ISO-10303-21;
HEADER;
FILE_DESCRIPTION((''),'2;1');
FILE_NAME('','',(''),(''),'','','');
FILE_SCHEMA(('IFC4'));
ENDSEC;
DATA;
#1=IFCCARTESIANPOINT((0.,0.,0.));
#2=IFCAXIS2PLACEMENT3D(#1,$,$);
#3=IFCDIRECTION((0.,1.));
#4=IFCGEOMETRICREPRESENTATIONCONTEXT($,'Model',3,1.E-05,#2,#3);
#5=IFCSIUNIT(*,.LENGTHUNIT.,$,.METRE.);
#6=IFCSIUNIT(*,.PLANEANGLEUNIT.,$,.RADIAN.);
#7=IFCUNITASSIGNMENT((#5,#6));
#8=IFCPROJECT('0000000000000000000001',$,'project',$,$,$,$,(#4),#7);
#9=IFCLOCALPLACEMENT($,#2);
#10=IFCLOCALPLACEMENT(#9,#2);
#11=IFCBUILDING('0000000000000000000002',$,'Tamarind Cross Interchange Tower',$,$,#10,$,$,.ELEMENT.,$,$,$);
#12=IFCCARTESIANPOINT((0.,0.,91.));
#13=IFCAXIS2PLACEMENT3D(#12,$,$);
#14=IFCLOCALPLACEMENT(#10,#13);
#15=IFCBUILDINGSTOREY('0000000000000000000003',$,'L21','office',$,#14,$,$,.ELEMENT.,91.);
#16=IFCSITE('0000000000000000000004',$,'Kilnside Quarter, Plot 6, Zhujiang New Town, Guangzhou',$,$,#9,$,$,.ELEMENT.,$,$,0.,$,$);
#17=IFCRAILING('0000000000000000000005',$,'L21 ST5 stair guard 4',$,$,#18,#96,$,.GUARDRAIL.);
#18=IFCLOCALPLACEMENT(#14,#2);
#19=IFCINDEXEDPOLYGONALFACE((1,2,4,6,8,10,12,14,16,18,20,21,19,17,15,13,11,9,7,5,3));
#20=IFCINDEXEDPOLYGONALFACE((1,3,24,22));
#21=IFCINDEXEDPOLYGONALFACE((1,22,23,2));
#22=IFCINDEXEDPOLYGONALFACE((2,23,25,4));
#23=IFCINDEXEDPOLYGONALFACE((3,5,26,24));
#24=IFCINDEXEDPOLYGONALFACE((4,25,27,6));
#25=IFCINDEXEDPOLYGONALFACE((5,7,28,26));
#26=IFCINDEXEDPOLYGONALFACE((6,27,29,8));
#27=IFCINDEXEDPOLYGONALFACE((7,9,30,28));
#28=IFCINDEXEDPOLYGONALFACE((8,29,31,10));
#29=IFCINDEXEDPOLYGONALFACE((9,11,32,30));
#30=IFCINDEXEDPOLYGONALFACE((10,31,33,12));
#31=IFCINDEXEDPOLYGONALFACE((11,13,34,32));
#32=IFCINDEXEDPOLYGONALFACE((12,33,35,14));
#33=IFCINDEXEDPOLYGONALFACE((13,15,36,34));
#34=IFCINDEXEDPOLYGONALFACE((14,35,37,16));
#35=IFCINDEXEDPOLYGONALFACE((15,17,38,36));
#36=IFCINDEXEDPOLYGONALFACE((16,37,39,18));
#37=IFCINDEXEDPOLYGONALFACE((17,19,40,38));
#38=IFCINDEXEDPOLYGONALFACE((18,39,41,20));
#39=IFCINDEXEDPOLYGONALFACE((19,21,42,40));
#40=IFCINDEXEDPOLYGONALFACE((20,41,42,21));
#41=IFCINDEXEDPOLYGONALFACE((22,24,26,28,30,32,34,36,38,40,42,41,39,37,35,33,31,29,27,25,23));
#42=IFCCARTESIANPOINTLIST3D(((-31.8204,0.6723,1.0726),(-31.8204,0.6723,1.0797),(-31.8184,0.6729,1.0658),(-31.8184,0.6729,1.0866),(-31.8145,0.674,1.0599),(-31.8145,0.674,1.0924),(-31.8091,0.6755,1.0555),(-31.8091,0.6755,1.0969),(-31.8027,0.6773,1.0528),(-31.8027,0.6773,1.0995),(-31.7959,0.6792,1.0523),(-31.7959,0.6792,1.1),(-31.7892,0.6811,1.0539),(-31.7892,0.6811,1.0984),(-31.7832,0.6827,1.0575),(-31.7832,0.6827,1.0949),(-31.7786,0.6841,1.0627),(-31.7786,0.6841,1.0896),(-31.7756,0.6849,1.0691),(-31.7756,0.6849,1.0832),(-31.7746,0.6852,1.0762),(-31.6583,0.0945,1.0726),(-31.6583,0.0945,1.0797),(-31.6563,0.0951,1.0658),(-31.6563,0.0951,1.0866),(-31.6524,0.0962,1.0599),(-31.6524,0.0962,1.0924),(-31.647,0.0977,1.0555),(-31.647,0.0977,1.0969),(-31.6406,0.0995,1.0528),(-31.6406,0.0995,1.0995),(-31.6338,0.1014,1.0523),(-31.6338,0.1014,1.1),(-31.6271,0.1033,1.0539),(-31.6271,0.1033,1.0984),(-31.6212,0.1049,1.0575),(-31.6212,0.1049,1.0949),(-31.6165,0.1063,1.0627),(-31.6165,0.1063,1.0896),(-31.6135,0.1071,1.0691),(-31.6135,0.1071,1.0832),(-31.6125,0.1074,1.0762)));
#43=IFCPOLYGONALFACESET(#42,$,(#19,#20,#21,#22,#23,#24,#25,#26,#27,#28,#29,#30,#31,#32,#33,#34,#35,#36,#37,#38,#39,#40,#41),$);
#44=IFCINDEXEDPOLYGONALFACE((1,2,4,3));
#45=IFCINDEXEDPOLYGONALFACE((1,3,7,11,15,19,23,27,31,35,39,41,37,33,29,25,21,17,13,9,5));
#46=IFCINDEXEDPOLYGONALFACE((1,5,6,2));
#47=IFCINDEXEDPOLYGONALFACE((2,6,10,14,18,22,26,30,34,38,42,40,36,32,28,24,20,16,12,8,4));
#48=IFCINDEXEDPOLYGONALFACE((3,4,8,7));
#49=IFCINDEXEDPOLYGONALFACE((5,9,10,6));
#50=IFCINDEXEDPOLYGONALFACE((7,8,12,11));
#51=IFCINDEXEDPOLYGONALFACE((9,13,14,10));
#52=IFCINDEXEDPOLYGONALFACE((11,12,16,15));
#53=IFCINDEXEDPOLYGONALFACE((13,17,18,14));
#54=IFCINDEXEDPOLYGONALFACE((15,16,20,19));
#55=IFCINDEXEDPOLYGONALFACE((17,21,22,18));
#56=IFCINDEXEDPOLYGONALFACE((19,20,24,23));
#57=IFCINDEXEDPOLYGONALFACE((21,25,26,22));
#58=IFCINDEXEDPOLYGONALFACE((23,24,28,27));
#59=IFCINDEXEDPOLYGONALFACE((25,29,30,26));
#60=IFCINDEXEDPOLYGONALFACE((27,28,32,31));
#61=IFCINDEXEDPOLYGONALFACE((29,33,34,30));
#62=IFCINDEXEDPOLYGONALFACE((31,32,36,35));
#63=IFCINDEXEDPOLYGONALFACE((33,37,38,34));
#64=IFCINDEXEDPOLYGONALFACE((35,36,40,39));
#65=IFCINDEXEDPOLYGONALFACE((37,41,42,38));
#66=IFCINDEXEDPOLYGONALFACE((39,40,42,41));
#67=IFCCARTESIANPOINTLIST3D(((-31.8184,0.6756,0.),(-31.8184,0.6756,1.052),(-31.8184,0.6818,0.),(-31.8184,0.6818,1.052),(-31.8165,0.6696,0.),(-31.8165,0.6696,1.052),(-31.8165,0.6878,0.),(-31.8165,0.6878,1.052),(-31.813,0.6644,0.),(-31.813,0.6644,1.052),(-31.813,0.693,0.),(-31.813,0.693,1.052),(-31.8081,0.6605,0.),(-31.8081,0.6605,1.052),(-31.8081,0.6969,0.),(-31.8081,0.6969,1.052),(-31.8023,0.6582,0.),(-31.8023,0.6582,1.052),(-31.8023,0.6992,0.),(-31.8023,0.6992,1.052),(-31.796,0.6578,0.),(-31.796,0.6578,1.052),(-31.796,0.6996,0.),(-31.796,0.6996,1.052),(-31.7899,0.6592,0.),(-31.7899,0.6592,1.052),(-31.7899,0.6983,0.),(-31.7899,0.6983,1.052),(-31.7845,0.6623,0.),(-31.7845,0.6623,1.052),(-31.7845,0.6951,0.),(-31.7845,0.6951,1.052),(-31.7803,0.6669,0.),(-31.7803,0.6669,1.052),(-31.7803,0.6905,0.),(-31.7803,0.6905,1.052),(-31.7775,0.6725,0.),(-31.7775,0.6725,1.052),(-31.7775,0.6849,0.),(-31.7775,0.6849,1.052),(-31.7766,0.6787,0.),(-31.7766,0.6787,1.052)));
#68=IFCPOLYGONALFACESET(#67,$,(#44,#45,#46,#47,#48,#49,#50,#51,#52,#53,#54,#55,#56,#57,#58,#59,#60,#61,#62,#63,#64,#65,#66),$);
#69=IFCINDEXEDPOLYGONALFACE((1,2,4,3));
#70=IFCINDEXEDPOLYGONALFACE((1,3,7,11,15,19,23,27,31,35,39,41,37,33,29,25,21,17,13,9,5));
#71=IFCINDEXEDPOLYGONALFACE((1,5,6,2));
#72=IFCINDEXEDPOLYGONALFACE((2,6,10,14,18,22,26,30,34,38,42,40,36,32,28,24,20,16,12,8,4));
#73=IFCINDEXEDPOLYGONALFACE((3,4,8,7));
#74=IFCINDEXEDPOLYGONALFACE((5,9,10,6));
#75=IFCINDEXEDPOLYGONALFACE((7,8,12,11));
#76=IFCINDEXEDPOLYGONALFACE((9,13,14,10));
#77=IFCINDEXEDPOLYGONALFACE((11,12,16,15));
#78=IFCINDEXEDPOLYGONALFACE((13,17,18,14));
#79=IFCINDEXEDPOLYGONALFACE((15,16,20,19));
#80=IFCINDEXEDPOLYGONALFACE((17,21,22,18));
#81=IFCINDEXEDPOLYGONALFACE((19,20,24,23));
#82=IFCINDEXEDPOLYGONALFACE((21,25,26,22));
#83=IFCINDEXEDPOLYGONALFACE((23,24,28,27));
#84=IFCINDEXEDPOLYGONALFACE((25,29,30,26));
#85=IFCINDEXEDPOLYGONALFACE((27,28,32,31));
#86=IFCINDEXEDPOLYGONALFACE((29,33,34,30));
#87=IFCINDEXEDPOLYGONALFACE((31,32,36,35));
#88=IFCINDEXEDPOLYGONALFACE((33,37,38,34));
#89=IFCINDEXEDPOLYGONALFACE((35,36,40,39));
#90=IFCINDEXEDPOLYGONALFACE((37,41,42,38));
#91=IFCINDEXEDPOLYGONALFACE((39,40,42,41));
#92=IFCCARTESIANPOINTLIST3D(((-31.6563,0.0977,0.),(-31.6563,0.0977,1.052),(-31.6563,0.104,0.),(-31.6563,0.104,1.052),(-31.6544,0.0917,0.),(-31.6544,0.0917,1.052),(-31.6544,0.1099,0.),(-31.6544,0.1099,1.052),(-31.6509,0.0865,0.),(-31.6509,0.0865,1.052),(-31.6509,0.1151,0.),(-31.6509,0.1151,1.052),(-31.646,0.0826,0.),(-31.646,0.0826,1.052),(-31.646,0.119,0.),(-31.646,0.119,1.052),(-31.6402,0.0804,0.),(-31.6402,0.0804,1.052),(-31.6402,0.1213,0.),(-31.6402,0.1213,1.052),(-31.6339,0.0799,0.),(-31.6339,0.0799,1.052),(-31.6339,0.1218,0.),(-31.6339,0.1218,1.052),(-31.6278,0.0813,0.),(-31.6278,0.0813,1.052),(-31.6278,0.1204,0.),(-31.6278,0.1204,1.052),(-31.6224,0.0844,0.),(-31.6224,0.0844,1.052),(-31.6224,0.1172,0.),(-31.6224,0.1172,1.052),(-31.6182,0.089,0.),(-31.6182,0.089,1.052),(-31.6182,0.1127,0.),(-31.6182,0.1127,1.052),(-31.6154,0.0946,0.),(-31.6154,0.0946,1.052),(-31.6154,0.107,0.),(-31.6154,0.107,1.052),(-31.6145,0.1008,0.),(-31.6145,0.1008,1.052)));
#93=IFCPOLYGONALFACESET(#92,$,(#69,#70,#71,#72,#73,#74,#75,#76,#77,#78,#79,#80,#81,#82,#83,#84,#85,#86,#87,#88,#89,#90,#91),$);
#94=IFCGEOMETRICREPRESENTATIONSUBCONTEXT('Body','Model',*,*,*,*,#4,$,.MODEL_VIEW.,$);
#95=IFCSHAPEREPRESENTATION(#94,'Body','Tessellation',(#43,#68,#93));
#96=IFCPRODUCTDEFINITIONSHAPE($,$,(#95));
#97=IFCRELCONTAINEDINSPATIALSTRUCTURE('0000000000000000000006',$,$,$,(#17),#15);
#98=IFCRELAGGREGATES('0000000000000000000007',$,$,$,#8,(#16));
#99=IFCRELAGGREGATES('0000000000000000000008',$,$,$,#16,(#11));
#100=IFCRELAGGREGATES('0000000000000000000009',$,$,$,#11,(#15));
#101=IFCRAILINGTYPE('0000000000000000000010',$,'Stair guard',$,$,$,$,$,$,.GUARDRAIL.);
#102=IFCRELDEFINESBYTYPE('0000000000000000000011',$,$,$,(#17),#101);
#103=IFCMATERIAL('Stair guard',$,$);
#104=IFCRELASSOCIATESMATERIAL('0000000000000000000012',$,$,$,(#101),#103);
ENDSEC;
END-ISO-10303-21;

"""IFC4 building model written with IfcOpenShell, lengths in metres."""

from ifc_helpers import new_model, si_unit, direction, frame, origin, origin_2d, place, context, subcontext, project, spatial, circle, extrude, material, type_object, element, save


model = new_model("IFC4")

# Units and contexts
model_context = context("Model", 3, precision=1e-05, world=origin(), true_north=direction((0.0, 1.0)))
body_context = subcontext(model_context, "Body", "Model", "MODEL_VIEW")
ifc_project = project(units=[si_unit("LENGTHUNIT", "METRE"), si_unit("PLANEANGLEUNIT", "RADIAN")], contexts=[model_context])

# Site, building, storey
site_placement = place(None, origin())
site = spatial("IfcSite", under=ifc_project, at=site_placement, Name="Kilnside Quarter, Plot 6, Zhujiang New Town, Guangzhou", CompositionType="ELEMENT", RefElevation=0.0)
building_placement = place(site_placement, origin())
building = spatial("IfcBuilding", under=site, at=building_placement, Name="Tamarind Cross Interchange Tower", CompositionType="ELEMENT")
storey_placement = place(building_placement, frame((0.0, 0.0, 91.0)))
storey = spatial("IfcBuildingStorey", under=building, at=storey_placement, Name="L21", Description="office", CompositionType="ELEMENT", Elevation=91.0)

# Railing
ifc_material_1 = material(Name="Stair guard")
railing_type_1 = type_object("IfcRailingType", Name="Stair guard", PredefinedType="GUARDRAIL", material=ifc_material_1)
railing_1_placement = place(storey_placement, frame((-31.7976, 0.6787, 0.0)))
element("IfcRailing", 1, at=railing_1_placement, inside=storey, type_object=railing_type_1, Name="L21 ST5 stair guard 4", PredefinedType="GUARDRAIL", context=body_context, shape_type="SweptSolid", body=[
    extrude(circle(Radius=0.0239, at=origin_2d()), frame((0.0, 0.0, 1.0762), z_axis=(0.270098, -0.962833, 0.0), x_axis=(0.962833, 0.270098, 0.0)), (0.0, 0.0, 1.0), 0.6001),
    extrude(circle(Radius=0.021, at=origin_2d()), origin(), (0.0, 0.0, 1.0), 1.052),
    extrude(circle(Radius=0.021, at=origin_2d()), frame((0.1621, -0.5779, 0.0)), (0.0, 0.0, 1.0), 1.052),
])

save(model, "model.ifc")
